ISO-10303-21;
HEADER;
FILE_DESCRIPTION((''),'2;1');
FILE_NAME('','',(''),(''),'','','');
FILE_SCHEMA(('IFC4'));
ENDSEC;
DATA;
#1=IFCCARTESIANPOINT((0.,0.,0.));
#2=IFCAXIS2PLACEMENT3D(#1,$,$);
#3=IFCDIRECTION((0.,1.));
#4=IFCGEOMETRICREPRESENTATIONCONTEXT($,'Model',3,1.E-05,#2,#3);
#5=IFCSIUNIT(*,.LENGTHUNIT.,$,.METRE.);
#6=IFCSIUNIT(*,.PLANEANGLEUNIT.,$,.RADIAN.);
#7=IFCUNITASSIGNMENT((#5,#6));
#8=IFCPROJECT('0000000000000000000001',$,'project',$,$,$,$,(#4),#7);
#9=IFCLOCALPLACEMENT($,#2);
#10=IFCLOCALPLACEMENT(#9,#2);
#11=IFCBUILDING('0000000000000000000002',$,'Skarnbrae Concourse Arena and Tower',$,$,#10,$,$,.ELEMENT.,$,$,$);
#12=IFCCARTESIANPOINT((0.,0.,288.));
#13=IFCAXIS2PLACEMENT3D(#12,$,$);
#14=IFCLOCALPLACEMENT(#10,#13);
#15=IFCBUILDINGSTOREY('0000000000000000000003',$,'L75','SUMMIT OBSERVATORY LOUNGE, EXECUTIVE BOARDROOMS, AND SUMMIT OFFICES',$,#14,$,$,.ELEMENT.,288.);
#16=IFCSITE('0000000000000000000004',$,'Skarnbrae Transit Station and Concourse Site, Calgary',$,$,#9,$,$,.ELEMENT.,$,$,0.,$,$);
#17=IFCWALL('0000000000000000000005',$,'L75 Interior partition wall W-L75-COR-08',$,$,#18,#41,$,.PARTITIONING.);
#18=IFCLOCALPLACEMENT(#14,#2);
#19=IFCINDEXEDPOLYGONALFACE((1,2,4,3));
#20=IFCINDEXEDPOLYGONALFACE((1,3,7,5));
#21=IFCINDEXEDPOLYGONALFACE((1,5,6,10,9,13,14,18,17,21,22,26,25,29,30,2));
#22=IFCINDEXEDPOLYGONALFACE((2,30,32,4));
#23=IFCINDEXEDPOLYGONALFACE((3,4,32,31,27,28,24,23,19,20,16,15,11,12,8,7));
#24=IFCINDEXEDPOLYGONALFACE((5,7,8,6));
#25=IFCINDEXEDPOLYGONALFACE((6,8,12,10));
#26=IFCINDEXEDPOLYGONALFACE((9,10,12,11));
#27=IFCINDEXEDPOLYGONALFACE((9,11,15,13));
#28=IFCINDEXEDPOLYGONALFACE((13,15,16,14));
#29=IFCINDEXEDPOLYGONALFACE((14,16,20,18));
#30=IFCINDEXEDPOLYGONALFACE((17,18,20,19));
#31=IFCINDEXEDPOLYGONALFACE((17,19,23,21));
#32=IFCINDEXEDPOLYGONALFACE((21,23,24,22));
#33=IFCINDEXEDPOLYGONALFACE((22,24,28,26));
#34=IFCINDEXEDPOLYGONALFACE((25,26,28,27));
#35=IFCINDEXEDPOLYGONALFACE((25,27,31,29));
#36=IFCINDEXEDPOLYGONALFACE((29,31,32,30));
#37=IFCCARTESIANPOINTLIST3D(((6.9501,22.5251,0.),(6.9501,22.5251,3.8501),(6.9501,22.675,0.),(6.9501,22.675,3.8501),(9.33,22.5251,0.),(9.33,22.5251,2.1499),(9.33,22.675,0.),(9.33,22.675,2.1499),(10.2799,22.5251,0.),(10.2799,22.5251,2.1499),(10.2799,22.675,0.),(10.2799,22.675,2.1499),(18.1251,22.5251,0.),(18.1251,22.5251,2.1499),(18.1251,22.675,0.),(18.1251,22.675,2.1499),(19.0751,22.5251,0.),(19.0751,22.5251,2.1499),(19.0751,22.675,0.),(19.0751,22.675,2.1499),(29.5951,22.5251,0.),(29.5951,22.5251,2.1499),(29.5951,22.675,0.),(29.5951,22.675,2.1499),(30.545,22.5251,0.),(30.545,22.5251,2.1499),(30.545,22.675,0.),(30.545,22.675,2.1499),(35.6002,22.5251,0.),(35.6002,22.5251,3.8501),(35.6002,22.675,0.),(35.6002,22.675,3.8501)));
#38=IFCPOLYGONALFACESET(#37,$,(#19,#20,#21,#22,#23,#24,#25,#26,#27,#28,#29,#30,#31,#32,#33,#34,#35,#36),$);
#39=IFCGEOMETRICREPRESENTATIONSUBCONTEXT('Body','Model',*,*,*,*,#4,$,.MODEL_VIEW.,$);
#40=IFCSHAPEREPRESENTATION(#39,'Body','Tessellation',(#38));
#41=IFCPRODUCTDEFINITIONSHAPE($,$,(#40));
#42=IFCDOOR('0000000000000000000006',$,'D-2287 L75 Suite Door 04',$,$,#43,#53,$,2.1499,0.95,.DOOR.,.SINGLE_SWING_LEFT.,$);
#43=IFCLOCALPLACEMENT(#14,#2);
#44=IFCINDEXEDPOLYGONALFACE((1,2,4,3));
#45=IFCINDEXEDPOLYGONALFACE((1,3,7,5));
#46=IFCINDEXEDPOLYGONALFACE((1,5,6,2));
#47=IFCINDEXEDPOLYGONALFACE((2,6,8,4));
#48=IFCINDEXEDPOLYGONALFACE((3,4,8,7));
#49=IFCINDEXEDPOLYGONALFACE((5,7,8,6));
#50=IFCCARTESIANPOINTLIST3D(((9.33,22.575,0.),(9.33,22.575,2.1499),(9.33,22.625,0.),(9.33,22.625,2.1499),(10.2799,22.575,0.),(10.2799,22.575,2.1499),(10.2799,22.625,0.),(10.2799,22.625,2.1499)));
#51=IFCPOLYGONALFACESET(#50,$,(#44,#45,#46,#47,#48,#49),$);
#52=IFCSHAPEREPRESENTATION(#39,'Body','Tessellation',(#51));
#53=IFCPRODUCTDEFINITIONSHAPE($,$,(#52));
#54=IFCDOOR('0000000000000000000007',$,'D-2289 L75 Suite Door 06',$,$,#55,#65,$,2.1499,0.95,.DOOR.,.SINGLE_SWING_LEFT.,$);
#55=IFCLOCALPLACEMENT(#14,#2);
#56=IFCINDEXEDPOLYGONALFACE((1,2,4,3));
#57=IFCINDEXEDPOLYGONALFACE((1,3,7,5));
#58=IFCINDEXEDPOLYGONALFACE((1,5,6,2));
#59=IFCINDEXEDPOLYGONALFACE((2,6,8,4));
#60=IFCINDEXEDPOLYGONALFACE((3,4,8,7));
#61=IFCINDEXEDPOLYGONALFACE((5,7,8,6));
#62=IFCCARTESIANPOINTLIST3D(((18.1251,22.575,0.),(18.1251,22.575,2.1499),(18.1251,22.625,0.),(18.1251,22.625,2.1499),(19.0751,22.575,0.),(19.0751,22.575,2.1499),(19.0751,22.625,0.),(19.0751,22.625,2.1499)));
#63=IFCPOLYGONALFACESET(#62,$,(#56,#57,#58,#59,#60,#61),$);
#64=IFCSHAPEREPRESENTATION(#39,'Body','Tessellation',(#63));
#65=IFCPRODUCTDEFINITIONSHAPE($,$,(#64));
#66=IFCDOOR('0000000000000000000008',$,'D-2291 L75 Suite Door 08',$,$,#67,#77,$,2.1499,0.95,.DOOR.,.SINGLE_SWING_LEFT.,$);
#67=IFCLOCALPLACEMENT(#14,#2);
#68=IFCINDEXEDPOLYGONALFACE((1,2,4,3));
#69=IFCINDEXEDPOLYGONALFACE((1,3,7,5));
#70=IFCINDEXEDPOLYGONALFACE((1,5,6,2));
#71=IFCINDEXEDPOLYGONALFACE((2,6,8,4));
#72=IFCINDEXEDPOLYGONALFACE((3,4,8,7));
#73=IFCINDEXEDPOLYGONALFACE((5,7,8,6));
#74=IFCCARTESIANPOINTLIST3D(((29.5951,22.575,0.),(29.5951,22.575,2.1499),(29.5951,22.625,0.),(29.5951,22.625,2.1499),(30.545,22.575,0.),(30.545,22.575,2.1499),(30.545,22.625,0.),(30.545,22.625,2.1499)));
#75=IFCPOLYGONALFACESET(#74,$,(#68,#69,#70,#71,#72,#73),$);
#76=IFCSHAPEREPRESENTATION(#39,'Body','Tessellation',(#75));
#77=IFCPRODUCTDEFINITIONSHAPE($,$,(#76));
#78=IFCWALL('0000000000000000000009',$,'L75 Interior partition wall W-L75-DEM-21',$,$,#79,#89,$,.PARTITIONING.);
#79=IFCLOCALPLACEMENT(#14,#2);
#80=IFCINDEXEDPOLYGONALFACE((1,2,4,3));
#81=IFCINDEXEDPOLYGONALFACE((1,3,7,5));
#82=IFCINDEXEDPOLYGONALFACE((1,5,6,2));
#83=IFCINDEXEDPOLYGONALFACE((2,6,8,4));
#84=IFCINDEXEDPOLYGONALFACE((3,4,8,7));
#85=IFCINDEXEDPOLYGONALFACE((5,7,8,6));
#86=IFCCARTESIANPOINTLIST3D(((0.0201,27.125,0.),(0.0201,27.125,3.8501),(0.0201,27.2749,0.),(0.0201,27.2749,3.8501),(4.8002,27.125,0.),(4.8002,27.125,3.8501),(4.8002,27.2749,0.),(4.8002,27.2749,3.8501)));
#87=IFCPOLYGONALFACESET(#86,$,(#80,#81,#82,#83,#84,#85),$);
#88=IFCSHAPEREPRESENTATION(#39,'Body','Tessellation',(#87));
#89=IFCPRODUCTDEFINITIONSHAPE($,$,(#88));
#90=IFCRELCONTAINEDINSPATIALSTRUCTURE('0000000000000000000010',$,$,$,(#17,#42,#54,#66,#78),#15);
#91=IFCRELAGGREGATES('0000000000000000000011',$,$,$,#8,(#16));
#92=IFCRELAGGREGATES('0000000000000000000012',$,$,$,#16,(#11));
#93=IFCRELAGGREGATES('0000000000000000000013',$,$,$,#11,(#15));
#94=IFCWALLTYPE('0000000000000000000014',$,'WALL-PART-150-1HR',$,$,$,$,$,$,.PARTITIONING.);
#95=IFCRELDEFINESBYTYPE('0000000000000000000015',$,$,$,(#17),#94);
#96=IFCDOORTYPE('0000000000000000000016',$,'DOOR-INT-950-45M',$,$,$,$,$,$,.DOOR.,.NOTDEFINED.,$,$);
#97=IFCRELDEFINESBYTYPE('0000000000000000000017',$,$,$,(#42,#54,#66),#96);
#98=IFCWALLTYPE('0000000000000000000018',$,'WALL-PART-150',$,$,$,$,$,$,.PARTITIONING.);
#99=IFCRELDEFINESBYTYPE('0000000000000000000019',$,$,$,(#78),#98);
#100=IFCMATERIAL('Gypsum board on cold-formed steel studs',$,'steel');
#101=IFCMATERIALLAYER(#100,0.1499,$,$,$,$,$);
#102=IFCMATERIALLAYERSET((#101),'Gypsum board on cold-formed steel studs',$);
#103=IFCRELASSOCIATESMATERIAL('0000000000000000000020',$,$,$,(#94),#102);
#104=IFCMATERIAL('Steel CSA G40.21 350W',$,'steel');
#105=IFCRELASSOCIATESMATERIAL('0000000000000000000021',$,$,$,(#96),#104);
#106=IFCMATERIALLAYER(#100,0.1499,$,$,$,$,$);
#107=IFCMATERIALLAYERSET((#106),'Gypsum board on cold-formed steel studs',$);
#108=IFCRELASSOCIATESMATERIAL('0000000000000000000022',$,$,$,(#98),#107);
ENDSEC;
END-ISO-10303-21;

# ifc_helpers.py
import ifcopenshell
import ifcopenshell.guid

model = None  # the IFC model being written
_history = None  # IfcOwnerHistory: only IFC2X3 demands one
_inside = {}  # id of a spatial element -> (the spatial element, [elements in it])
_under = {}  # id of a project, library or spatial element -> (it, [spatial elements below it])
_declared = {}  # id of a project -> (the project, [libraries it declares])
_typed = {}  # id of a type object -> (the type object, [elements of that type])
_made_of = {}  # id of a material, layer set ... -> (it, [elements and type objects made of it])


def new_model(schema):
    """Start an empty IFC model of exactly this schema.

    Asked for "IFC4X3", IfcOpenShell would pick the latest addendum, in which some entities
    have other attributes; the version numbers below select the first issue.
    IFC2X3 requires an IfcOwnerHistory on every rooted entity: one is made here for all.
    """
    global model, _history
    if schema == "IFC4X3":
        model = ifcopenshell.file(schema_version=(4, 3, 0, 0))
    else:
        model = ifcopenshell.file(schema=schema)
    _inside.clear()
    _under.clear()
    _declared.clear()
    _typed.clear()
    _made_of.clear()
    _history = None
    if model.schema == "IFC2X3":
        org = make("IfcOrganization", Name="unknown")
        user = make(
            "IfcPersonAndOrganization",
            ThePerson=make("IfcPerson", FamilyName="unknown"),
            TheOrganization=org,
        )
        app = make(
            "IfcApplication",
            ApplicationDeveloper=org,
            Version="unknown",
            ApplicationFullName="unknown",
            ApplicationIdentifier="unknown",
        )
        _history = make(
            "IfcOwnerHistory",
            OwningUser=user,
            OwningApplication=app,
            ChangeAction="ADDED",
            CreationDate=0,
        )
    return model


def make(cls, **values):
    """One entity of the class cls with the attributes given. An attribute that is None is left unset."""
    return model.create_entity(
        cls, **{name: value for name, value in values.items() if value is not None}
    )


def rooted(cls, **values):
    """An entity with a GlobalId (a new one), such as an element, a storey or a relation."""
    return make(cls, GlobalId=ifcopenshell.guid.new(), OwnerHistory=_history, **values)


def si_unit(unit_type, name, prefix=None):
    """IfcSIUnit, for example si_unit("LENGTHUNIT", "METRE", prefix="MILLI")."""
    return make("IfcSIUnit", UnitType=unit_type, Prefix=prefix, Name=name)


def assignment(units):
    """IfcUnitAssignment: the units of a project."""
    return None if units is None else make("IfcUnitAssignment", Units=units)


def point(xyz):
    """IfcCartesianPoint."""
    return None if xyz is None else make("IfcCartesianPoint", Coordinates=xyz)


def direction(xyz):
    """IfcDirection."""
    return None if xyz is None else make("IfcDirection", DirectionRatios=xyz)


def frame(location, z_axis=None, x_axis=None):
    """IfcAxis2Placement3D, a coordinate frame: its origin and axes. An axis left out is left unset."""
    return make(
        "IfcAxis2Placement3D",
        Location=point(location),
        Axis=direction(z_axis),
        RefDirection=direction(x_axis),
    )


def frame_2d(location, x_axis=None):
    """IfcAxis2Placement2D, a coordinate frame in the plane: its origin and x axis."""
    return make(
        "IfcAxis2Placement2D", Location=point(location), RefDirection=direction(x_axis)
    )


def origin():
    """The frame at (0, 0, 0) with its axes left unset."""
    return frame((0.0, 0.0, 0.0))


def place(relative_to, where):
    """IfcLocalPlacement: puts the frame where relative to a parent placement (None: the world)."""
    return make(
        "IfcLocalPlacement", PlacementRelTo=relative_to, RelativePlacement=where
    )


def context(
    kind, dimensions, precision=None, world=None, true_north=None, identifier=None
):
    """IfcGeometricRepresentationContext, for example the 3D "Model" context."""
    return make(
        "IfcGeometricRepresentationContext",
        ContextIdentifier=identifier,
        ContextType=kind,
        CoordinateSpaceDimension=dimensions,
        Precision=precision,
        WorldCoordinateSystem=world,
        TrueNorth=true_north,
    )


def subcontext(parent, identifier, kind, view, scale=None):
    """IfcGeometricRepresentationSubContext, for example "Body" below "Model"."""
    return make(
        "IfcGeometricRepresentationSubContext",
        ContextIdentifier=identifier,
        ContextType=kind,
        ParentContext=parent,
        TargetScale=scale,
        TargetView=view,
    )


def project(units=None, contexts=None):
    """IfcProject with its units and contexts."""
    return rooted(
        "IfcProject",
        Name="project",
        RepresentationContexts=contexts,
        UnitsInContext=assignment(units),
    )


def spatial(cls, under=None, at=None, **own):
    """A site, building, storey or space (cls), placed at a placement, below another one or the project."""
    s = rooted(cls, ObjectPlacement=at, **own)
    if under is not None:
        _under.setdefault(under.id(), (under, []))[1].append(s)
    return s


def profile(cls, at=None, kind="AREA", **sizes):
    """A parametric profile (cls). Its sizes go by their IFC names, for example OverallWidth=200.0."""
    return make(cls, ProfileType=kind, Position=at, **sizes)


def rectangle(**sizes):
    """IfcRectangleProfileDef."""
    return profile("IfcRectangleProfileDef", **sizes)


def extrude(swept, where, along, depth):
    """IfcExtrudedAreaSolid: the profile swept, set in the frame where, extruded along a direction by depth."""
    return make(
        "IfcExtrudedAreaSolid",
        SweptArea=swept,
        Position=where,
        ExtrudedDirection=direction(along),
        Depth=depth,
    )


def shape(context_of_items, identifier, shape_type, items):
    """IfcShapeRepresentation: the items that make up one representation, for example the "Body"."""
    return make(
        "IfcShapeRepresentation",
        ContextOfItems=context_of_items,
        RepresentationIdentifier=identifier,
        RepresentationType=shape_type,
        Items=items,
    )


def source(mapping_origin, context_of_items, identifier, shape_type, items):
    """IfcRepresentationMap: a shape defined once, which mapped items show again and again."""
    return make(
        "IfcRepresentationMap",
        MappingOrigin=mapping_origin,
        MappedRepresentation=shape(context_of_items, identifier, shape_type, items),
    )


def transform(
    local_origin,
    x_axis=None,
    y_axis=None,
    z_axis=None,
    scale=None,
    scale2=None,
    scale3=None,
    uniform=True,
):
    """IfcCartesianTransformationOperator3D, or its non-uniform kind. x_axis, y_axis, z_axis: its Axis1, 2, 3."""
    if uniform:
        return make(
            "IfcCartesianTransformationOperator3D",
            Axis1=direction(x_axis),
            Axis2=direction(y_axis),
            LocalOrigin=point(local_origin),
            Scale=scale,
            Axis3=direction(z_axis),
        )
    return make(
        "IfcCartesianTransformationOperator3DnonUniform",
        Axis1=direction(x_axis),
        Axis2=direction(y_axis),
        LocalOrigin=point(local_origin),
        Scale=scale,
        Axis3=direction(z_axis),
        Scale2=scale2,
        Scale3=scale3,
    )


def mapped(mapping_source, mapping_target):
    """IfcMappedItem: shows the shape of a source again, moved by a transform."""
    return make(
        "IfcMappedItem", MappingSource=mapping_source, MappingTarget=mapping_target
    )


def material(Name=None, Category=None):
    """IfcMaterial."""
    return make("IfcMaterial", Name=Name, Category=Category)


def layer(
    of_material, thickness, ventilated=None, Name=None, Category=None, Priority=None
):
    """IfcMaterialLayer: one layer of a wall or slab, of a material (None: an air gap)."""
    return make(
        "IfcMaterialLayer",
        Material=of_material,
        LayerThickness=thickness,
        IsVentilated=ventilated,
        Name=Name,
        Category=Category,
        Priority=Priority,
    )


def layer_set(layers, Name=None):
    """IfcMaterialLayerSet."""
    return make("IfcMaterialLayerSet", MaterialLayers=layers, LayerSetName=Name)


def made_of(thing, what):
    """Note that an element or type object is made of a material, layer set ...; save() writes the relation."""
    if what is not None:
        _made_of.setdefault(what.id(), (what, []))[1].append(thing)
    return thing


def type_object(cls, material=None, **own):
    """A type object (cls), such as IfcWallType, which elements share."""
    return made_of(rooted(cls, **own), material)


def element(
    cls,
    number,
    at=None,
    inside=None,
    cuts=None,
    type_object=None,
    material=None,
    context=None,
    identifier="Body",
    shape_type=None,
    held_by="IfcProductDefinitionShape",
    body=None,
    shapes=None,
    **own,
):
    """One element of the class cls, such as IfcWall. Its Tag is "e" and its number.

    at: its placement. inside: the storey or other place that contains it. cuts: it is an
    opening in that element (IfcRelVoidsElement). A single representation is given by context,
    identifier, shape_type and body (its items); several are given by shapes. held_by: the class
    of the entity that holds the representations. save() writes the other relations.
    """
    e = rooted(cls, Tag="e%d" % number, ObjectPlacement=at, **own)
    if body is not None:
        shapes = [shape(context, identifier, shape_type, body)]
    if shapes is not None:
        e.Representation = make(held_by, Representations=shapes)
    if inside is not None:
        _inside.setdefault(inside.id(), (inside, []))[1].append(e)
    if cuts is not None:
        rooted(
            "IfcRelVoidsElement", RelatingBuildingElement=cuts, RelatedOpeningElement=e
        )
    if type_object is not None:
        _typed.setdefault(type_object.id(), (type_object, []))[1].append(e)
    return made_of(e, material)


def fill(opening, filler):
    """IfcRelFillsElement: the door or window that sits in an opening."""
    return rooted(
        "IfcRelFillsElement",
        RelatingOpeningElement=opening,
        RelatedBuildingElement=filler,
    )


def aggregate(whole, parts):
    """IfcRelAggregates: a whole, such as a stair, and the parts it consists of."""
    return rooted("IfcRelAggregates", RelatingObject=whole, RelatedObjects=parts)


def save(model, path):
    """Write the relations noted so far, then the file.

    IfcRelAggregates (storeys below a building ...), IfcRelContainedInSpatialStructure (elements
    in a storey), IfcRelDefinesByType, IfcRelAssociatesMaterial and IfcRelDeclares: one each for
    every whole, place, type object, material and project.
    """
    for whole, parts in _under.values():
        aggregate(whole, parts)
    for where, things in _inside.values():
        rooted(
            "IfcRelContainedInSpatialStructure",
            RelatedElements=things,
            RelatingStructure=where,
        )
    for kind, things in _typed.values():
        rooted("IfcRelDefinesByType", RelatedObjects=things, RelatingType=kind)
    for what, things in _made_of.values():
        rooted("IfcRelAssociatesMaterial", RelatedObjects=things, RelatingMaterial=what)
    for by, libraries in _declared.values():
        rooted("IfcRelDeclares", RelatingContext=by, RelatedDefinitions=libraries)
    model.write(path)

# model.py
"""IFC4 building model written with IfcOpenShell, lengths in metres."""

from ifc_helpers import new_model, si_unit, direction, frame, frame_2d, origin, place, context, subcontext, project, spatial, rectangle, extrude, source, transform, mapped, material, layer, layer_set, type_object, element, fill, save


model = new_model("IFC4")

# Units and contexts
model_context = context("Model", 3, precision=1e-05, world=origin(), true_north=direction((0.0, 1.0)))
body_context = subcontext(model_context, "Body", "Model", "MODEL_VIEW")
ifc_project = project(units=[si_unit("LENGTHUNIT", "METRE"), si_unit("PLANEANGLEUNIT", "RADIAN")], contexts=[model_context])

# Site, building, storey
site_placement = place(None, origin())
site = spatial("IfcSite", under=ifc_project, at=site_placement, Name="Skarnbrae Transit Station and Concourse Site, Calgary", CompositionType="ELEMENT", RefElevation=0.0)
building_placement = place(site_placement, origin())
building = spatial("IfcBuilding", under=site, at=building_placement, Name="Skarnbrae Concourse Arena and Tower", CompositionType="ELEMENT")
storey_placement = place(building_placement, frame((0.0, 0.0, 288.0)))
storey = spatial("IfcBuildingStorey", under=building, at=storey_placement, Name="L75", Description="SUMMIT OBSERVATORY LOUNGE, EXECUTIVE BOARDROOMS, AND SUMMIT OFFICES", CompositionType="ELEMENT", Elevation=288.0)

# Shared definitions
ifc_material_1 = material(Name="Steel CSA G40.21 350W", Category="steel")

# Shared definitions
ifc_material_2 = material(Name="Gypsum board on cold-formed steel studs", Category="steel")
ifc_layer_1 = layer(ifc_material_2, 0.1499)
ifc_layer_set_1 = layer_set([ifc_layer_1], Name="Gypsum board on cold-formed steel studs")
wall_type_1 = type_object("IfcWallType", Name="WALL-PART-150-1HR", PredefinedType="PARTITIONING", material=ifc_layer_set_1)
door_type = type_object("IfcDoorType", Name="DOOR-INT-950-45M", OperationType="NOTDEFINED", PredefinedType="DOOR", material=ifc_material_1)
shared_shape_1 = source(origin(), body_context, "Body", "SweptSolid", [
    extrude(rectangle(XDim=0.95, YDim=2.1499, at=frame_2d((0.4751, 1.075))), frame((0.0, 0.0249, 0.0), z_axis=(0.0, -1.0, 0.0), x_axis=(1.0, 0.0, 0.0)), (0.0, 0.0, 1.0), 0.05),
])

# Wall, openings, doors
shared_shape_2 = source(origin(), body_context, "Body", "SweptSolid", [
    extrude(rectangle(XDim=28.6501, YDim=0.1499, at=frame_2d((14.3252, 0.0))), origin(), (0.0, 0.0, 1.0), 3.8501),
])
wall_1_placement = place(storey_placement, frame((6.95, 22.6001, 0.0), z_axis=(0.0, 0.0, 1.0), x_axis=(1.0, 0.0, 0.0)))
wall_1 = element("IfcWall", 1, at=wall_1_placement, inside=storey, type_object=wall_type_1, Name="L75 Interior partition wall W-L75-COR-08", PredefinedType="PARTITIONING", context=body_context, shape_type="MappedRepresentation", body=[
    mapped(shared_shape_2, transform((0.0, 0.0, 0.0))),
])
opening_1_placement = place(wall_1_placement, frame((2.3799, 0.0, 0.0)))
opening_1 = element("IfcOpeningElement", 2, at=opening_1_placement, cuts=wall_1, PredefinedType="OPENING", context=body_context, shape_type="SweptSolid", body=[
    extrude(rectangle(XDim=0.95, YDim=2.1499, at=frame_2d((0.4751, 1.075))), frame((0.0, 0.085, 0.0), z_axis=(0.0, -1.0, 0.0), x_axis=(1.0, 0.0, 0.0)), (0.0, 0.0, 1.0), 0.1699),
])
opening_2_placement = place(wall_1_placement, frame((11.175, 0.0, 0.0)))
opening_2 = element("IfcOpeningElement", 3, at=opening_2_placement, cuts=wall_1, PredefinedType="OPENING", context=body_context, shape_type="SweptSolid", body=[
    extrude(rectangle(XDim=0.95, YDim=2.1499, at=frame_2d((0.4751, 1.075))), frame((0.0, 0.085, 0.0), z_axis=(0.0, -1.0, 0.0), x_axis=(1.0, 0.0, 0.0)), (0.0, 0.0, 1.0), 0.1699),
])
opening_3_placement = place(wall_1_placement, frame((22.645, 0.0, 0.0)))
opening_3 = element("IfcOpeningElement", 4, at=opening_3_placement, cuts=wall_1, PredefinedType="OPENING", context=body_context, shape_type="SweptSolid", body=[
    extrude(rectangle(XDim=0.95, YDim=2.1499, at=frame_2d((0.4751, 1.075))), frame((0.0, 0.085, 0.0), z_axis=(0.0, -1.0, 0.0), x_axis=(1.0, 0.0, 0.0)), (0.0, 0.0, 1.0), 0.1699),
])
door_1_placement = place(opening_1_placement, origin())
door_1 = element("IfcDoor", 5, at=door_1_placement, inside=storey, type_object=door_type, Name="D-2287 L75 Suite Door 04", OperationType="SINGLE_SWING_LEFT", OverallHeight=2.1499, OverallWidth=0.95, PredefinedType="DOOR", context=body_context, shape_type="MappedRepresentation", body=[
    mapped(shared_shape_1, transform((0.0, 0.0, 0.0))),
])
fill(opening_1, door_1)
door_2_placement = place(opening_2_placement, origin())
door_2 = element("IfcDoor", 6, at=door_2_placement, inside=storey, type_object=door_type, Name="D-2289 L75 Suite Door 06", OperationType="SINGLE_SWING_LEFT", OverallHeight=2.1499, OverallWidth=0.95, PredefinedType="DOOR", context=body_context, shape_type="MappedRepresentation", body=[
    mapped(shared_shape_1, transform((0.0, 0.0, 0.0))),
])
fill(opening_2, door_2)
door_3_placement = place(opening_3_placement, origin())
door_3 = element("IfcDoor", 7, at=door_3_placement, inside=storey, type_object=door_type, Name="D-2291 L75 Suite Door 08", OperationType="SINGLE_SWING_LEFT", OverallHeight=2.1499, OverallWidth=0.95, PredefinedType="DOOR", context=body_context, shape_type="MappedRepresentation", body=[
    mapped(shared_shape_1, transform((0.0, 0.0, 0.0))),
])
fill(opening_3, door_3)

# Wall
ifc_layer_2 = layer(ifc_material_2, 0.1499)
ifc_layer_set_2 = layer_set([ifc_layer_2], Name="Gypsum board on cold-formed steel studs")
wall_type_2 = type_object("IfcWallType", Name="WALL-PART-150", PredefinedType="PARTITIONING", material=ifc_layer_set_2)
shared_shape_3 = source(origin(), body_context, "Body", "SweptSolid", [
    extrude(rectangle(XDim=4.78, YDim=0.1499, at=frame_2d((2.3901, 0.0))), origin(), (0.0, 0.0, 1.0), 3.8501),
])
wall_2_placement = place(storey_placement, frame((0.02, 27.2, 0.0), z_axis=(0.0, 0.0, 1.0), x_axis=(1.0, 0.0, 0.0)))
element("IfcWall", 8, at=wall_2_placement, inside=storey, type_object=wall_type_2, Name="L75 Interior partition wall W-L75-DEM-21", PredefinedType="PARTITIONING", context=body_context, shape_type="MappedRepresentation", body=[
    mapped(shared_shape_3, transform((0.0, 0.0, 0.0))),
])

save(model, "model.ifc")
